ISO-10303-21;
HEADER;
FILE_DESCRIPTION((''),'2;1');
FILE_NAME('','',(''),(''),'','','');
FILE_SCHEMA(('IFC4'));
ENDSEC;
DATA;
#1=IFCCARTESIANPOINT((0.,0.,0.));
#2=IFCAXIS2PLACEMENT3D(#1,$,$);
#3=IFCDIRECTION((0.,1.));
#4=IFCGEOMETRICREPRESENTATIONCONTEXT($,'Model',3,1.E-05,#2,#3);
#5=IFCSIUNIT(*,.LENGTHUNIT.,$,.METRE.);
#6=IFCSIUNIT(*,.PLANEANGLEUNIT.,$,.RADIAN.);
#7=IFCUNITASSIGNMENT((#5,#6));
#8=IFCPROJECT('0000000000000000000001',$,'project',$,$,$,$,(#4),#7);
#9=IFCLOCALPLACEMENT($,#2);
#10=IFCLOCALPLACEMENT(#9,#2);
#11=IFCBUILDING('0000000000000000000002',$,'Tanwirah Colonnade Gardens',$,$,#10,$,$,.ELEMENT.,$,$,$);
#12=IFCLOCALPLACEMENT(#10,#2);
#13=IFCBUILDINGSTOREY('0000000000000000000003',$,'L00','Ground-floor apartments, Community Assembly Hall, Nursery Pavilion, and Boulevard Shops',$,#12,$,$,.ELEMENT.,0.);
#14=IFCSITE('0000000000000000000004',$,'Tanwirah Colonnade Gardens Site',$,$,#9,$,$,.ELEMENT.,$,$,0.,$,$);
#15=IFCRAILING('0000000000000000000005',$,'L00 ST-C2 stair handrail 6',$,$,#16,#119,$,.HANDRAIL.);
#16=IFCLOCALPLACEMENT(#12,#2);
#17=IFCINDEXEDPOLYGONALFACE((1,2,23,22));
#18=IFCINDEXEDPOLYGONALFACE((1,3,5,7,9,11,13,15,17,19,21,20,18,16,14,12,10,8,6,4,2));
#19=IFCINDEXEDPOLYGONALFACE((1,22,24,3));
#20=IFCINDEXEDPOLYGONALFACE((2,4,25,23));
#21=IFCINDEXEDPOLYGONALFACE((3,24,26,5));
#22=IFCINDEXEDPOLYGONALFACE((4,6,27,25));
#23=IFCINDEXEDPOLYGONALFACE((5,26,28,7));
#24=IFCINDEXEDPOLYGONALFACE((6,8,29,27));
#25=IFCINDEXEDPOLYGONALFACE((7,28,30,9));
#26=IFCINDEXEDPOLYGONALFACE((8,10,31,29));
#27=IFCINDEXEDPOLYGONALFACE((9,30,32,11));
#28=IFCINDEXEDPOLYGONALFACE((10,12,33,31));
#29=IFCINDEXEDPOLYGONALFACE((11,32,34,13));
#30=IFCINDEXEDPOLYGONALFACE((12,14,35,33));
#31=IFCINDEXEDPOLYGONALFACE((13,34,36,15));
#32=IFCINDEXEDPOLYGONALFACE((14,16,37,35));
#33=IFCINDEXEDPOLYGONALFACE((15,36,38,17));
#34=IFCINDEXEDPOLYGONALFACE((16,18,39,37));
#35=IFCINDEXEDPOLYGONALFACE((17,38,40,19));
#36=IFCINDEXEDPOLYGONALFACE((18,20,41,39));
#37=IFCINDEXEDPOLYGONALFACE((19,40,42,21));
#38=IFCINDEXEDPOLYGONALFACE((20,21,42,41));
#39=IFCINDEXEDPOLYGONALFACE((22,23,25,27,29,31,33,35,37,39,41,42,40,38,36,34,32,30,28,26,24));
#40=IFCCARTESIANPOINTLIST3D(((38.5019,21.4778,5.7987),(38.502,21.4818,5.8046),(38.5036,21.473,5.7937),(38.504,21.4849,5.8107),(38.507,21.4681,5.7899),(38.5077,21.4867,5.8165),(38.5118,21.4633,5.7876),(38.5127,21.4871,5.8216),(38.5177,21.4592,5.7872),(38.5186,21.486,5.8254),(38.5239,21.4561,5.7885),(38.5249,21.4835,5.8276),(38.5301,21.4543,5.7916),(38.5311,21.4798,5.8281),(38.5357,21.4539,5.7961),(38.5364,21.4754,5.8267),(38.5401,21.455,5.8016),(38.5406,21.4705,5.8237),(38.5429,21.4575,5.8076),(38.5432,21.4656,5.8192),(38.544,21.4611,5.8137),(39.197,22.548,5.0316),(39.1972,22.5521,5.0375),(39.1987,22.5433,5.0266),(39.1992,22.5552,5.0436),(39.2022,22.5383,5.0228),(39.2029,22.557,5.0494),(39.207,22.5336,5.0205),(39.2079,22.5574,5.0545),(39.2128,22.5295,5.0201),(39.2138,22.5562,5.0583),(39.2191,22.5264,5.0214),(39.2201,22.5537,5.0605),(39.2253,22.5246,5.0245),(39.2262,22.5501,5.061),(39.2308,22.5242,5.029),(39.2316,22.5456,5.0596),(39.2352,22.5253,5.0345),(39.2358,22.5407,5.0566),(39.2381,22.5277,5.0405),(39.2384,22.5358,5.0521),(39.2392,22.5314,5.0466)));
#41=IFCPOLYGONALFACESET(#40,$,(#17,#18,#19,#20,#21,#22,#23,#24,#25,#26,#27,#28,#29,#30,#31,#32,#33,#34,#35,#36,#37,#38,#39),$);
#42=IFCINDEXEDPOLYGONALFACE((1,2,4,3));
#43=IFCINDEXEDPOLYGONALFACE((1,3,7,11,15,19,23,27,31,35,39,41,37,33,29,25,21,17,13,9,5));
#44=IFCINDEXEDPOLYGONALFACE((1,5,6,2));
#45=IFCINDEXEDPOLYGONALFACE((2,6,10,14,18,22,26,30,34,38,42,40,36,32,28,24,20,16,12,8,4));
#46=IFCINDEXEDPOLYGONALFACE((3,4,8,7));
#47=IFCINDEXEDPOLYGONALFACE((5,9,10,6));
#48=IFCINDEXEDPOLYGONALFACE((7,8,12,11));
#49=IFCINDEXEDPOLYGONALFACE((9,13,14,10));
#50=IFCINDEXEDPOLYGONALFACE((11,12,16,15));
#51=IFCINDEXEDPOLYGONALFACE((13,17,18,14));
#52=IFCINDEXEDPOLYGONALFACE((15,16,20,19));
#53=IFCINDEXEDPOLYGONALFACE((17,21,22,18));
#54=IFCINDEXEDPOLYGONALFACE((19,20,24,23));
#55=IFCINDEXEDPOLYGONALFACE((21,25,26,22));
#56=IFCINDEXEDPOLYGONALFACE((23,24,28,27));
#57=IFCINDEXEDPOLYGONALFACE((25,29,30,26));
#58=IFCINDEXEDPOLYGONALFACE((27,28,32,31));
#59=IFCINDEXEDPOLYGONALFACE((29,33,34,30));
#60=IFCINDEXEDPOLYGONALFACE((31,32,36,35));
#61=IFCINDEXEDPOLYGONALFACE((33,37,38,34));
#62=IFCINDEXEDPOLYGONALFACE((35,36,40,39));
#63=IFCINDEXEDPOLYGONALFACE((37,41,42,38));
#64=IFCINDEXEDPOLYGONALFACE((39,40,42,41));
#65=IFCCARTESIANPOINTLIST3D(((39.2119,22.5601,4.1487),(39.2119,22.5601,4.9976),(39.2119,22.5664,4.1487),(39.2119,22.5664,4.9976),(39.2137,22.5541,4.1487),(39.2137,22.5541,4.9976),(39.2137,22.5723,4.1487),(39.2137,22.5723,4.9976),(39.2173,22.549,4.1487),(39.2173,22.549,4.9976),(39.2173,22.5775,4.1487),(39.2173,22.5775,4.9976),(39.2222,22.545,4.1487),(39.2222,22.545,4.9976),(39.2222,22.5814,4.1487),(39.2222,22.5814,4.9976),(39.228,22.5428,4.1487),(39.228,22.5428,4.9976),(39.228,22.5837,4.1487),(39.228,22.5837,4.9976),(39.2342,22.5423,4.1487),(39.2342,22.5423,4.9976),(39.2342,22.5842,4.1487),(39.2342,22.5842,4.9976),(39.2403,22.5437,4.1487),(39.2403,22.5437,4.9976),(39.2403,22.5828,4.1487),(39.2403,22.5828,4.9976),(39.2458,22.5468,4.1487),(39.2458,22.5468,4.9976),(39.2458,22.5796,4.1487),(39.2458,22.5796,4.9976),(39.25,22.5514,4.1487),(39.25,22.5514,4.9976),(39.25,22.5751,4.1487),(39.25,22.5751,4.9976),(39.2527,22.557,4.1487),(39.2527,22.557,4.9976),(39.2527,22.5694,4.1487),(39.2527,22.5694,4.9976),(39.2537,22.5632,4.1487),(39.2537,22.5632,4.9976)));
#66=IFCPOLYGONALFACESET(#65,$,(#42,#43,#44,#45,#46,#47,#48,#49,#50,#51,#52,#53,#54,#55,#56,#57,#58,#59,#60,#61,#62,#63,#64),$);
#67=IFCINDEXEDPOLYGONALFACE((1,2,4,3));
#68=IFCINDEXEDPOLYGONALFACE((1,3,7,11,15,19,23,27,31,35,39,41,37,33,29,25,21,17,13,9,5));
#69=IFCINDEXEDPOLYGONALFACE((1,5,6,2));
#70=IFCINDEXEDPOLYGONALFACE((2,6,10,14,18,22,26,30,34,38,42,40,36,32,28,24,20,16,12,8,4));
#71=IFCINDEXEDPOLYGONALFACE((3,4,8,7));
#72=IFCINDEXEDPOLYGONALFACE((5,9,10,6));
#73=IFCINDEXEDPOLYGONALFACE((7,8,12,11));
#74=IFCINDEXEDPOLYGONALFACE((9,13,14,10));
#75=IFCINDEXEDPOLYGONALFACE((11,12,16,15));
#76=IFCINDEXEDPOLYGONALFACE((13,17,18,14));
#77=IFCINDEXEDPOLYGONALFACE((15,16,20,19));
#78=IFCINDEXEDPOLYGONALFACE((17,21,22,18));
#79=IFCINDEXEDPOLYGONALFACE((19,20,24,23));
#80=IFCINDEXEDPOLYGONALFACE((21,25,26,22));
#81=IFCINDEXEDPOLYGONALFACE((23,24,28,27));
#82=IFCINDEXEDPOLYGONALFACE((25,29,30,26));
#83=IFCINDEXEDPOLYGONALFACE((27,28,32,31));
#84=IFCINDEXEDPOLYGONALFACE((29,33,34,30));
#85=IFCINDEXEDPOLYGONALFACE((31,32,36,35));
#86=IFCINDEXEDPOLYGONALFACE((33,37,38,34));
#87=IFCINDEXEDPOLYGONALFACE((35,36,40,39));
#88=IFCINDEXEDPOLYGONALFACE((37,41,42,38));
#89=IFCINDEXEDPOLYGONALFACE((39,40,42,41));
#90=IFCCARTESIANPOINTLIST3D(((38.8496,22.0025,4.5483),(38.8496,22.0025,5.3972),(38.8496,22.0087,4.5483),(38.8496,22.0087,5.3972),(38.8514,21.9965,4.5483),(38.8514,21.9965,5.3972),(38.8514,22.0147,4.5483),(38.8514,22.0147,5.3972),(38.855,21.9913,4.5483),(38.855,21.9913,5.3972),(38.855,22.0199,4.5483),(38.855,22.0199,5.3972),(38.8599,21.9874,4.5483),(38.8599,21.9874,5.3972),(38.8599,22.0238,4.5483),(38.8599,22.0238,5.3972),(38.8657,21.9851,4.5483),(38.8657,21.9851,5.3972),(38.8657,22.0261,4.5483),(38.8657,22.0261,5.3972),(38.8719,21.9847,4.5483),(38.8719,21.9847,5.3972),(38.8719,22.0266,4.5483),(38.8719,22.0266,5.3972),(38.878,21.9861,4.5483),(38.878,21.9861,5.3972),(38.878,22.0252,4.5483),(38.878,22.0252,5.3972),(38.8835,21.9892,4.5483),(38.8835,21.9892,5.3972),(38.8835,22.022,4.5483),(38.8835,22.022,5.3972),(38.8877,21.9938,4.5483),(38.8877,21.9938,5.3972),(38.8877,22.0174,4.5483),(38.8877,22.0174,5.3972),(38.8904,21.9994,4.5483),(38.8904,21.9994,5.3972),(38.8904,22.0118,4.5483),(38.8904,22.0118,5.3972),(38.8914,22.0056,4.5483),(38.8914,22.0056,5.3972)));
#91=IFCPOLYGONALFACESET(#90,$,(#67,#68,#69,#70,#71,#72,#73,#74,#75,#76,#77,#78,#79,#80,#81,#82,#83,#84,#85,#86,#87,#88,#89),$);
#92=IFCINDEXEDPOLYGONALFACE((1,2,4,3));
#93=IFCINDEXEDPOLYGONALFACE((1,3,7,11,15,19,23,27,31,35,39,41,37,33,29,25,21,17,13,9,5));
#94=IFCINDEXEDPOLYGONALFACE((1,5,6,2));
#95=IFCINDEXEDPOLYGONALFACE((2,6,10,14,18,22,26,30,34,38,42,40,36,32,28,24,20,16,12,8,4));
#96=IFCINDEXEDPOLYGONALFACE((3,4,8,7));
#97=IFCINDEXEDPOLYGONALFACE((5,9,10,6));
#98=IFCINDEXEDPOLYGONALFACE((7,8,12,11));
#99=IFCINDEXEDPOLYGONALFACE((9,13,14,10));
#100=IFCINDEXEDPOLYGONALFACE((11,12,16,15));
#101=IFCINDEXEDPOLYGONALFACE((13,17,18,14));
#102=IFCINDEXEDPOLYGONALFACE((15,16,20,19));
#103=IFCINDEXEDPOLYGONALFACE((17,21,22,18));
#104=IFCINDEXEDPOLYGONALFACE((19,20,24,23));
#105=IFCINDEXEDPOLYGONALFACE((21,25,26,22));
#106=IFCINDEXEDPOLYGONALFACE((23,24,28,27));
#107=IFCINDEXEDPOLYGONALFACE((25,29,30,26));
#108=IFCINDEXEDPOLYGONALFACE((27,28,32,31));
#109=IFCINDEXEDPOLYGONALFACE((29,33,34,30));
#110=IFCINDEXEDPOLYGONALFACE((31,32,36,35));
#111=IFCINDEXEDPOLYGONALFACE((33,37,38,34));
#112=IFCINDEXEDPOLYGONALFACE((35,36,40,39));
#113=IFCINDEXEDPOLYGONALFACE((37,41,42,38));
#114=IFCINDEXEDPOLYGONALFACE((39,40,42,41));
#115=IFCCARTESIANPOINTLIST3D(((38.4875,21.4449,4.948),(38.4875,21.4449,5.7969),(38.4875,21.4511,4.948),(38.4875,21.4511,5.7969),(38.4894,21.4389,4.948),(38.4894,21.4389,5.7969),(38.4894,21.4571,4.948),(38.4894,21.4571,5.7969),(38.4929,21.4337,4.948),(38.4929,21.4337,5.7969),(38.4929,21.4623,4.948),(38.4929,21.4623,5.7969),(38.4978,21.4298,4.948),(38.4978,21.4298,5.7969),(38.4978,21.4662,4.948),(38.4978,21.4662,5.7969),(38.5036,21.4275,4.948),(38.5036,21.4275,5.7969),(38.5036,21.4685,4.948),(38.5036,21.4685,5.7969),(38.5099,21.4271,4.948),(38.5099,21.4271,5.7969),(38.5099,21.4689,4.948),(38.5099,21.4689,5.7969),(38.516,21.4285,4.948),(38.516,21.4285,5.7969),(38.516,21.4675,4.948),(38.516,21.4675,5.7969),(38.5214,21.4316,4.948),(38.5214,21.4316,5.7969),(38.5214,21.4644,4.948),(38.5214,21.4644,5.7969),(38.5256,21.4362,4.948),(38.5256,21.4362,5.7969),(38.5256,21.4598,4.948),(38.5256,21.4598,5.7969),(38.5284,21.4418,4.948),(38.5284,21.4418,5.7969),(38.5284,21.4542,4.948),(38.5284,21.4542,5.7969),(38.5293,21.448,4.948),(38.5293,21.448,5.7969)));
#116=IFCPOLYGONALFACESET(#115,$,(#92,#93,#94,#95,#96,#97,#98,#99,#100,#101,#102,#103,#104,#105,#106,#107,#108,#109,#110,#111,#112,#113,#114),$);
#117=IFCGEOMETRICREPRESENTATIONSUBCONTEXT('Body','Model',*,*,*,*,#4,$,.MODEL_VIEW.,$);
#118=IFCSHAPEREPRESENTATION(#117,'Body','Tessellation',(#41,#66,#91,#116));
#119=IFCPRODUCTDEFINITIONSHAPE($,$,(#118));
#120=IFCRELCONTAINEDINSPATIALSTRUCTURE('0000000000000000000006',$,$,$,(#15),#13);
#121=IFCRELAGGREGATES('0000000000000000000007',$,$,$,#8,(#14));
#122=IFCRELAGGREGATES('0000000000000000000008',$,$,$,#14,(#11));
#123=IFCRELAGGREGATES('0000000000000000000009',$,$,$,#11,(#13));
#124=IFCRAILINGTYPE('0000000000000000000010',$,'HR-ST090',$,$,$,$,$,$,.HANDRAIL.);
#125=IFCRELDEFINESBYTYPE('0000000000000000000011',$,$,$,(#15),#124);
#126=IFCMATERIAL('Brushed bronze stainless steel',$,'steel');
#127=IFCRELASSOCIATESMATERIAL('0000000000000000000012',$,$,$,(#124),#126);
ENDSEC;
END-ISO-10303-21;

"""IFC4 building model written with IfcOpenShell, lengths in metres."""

from ifc_helpers import new_model, si_unit, direction, frame, origin, origin_2d, place, context, subcontext, project, spatial, circle, extrude, material, type_object, element, save


model = new_model("IFC4")

# Units and contexts
model_context = context("Model", 3, precision=1e-05, world=origin(), true_north=direction((0.0, 1.0)))
body_context = subcontext(model_context, "Body", "Model", "MODEL_VIEW")
ifc_project = project(units=[si_unit("LENGTHUNIT", "METRE"), si_unit("PLANEANGLEUNIT", "RADIAN")], contexts=[model_context])

# Site, building, storey
site_placement = place(None, origin())
site = spatial("IfcSite", under=ifc_project, at=site_placement, Name="Tanwirah Colonnade Gardens Site", CompositionType="ELEMENT", RefElevation=0.0)
building_placement = place(site_placement, origin())
building = spatial("IfcBuilding", under=site, at=building_placement, Name="Tanwirah Colonnade Gardens", CompositionType="ELEMENT")
storey_placement = place(building_placement, origin())
storey = spatial("IfcBuildingStorey", under=building, at=storey_placement, Name="L00", Description="Ground-floor apartments, Community Assembly Hall, Nursery Pavilion, and Boulevard Shops", CompositionType="ELEMENT", Elevation=0.0)

# Railing
ifc_material_1 = material(Name="Brushed bronze stainless steel", Category="steel")
railing_type_1 = type_object("IfcRailingType", Name="HR-ST090", PredefinedType="HANDRAIL", material=ifc_material_1)
railing_1_placement = place(storey_placement, frame((39.2327, 22.5632, 4.1487)))
element("IfcRailing", 1, at=railing_1_placement, inside=storey, type_object=railing_type_1, Name="L00 ST-C2 stair handrail 6", PredefinedType="HANDRAIL", context=body_context, shape_type="SweptSolid", body=[
    extrude(circle(Radius=0.0239, at=origin_2d()), frame((-0.0146, -0.0225, 0.8918), z_axis=(-0.46686, -0.718779, 0.515167), x_axis=(0.838628, -0.544704, 0.0)), (0.0, 0.0, 1.0), 1.489),
    extrude(circle(Radius=0.021, at=origin_2d()), origin(), (0.0, 0.0, 1.0), 0.8489),
    extrude(circle(Radius=0.021, at=origin_2d()), frame((-0.3623, -0.5576, 0.3997)), (0.0, 0.0, 1.0), 0.8489),
    extrude(circle(Radius=0.021, at=origin_2d()), frame((-0.7244, -1.1152, 0.7993)), (0.0, 0.0, 1.0), 0.8489),
])

save(model, "model.ifc")
